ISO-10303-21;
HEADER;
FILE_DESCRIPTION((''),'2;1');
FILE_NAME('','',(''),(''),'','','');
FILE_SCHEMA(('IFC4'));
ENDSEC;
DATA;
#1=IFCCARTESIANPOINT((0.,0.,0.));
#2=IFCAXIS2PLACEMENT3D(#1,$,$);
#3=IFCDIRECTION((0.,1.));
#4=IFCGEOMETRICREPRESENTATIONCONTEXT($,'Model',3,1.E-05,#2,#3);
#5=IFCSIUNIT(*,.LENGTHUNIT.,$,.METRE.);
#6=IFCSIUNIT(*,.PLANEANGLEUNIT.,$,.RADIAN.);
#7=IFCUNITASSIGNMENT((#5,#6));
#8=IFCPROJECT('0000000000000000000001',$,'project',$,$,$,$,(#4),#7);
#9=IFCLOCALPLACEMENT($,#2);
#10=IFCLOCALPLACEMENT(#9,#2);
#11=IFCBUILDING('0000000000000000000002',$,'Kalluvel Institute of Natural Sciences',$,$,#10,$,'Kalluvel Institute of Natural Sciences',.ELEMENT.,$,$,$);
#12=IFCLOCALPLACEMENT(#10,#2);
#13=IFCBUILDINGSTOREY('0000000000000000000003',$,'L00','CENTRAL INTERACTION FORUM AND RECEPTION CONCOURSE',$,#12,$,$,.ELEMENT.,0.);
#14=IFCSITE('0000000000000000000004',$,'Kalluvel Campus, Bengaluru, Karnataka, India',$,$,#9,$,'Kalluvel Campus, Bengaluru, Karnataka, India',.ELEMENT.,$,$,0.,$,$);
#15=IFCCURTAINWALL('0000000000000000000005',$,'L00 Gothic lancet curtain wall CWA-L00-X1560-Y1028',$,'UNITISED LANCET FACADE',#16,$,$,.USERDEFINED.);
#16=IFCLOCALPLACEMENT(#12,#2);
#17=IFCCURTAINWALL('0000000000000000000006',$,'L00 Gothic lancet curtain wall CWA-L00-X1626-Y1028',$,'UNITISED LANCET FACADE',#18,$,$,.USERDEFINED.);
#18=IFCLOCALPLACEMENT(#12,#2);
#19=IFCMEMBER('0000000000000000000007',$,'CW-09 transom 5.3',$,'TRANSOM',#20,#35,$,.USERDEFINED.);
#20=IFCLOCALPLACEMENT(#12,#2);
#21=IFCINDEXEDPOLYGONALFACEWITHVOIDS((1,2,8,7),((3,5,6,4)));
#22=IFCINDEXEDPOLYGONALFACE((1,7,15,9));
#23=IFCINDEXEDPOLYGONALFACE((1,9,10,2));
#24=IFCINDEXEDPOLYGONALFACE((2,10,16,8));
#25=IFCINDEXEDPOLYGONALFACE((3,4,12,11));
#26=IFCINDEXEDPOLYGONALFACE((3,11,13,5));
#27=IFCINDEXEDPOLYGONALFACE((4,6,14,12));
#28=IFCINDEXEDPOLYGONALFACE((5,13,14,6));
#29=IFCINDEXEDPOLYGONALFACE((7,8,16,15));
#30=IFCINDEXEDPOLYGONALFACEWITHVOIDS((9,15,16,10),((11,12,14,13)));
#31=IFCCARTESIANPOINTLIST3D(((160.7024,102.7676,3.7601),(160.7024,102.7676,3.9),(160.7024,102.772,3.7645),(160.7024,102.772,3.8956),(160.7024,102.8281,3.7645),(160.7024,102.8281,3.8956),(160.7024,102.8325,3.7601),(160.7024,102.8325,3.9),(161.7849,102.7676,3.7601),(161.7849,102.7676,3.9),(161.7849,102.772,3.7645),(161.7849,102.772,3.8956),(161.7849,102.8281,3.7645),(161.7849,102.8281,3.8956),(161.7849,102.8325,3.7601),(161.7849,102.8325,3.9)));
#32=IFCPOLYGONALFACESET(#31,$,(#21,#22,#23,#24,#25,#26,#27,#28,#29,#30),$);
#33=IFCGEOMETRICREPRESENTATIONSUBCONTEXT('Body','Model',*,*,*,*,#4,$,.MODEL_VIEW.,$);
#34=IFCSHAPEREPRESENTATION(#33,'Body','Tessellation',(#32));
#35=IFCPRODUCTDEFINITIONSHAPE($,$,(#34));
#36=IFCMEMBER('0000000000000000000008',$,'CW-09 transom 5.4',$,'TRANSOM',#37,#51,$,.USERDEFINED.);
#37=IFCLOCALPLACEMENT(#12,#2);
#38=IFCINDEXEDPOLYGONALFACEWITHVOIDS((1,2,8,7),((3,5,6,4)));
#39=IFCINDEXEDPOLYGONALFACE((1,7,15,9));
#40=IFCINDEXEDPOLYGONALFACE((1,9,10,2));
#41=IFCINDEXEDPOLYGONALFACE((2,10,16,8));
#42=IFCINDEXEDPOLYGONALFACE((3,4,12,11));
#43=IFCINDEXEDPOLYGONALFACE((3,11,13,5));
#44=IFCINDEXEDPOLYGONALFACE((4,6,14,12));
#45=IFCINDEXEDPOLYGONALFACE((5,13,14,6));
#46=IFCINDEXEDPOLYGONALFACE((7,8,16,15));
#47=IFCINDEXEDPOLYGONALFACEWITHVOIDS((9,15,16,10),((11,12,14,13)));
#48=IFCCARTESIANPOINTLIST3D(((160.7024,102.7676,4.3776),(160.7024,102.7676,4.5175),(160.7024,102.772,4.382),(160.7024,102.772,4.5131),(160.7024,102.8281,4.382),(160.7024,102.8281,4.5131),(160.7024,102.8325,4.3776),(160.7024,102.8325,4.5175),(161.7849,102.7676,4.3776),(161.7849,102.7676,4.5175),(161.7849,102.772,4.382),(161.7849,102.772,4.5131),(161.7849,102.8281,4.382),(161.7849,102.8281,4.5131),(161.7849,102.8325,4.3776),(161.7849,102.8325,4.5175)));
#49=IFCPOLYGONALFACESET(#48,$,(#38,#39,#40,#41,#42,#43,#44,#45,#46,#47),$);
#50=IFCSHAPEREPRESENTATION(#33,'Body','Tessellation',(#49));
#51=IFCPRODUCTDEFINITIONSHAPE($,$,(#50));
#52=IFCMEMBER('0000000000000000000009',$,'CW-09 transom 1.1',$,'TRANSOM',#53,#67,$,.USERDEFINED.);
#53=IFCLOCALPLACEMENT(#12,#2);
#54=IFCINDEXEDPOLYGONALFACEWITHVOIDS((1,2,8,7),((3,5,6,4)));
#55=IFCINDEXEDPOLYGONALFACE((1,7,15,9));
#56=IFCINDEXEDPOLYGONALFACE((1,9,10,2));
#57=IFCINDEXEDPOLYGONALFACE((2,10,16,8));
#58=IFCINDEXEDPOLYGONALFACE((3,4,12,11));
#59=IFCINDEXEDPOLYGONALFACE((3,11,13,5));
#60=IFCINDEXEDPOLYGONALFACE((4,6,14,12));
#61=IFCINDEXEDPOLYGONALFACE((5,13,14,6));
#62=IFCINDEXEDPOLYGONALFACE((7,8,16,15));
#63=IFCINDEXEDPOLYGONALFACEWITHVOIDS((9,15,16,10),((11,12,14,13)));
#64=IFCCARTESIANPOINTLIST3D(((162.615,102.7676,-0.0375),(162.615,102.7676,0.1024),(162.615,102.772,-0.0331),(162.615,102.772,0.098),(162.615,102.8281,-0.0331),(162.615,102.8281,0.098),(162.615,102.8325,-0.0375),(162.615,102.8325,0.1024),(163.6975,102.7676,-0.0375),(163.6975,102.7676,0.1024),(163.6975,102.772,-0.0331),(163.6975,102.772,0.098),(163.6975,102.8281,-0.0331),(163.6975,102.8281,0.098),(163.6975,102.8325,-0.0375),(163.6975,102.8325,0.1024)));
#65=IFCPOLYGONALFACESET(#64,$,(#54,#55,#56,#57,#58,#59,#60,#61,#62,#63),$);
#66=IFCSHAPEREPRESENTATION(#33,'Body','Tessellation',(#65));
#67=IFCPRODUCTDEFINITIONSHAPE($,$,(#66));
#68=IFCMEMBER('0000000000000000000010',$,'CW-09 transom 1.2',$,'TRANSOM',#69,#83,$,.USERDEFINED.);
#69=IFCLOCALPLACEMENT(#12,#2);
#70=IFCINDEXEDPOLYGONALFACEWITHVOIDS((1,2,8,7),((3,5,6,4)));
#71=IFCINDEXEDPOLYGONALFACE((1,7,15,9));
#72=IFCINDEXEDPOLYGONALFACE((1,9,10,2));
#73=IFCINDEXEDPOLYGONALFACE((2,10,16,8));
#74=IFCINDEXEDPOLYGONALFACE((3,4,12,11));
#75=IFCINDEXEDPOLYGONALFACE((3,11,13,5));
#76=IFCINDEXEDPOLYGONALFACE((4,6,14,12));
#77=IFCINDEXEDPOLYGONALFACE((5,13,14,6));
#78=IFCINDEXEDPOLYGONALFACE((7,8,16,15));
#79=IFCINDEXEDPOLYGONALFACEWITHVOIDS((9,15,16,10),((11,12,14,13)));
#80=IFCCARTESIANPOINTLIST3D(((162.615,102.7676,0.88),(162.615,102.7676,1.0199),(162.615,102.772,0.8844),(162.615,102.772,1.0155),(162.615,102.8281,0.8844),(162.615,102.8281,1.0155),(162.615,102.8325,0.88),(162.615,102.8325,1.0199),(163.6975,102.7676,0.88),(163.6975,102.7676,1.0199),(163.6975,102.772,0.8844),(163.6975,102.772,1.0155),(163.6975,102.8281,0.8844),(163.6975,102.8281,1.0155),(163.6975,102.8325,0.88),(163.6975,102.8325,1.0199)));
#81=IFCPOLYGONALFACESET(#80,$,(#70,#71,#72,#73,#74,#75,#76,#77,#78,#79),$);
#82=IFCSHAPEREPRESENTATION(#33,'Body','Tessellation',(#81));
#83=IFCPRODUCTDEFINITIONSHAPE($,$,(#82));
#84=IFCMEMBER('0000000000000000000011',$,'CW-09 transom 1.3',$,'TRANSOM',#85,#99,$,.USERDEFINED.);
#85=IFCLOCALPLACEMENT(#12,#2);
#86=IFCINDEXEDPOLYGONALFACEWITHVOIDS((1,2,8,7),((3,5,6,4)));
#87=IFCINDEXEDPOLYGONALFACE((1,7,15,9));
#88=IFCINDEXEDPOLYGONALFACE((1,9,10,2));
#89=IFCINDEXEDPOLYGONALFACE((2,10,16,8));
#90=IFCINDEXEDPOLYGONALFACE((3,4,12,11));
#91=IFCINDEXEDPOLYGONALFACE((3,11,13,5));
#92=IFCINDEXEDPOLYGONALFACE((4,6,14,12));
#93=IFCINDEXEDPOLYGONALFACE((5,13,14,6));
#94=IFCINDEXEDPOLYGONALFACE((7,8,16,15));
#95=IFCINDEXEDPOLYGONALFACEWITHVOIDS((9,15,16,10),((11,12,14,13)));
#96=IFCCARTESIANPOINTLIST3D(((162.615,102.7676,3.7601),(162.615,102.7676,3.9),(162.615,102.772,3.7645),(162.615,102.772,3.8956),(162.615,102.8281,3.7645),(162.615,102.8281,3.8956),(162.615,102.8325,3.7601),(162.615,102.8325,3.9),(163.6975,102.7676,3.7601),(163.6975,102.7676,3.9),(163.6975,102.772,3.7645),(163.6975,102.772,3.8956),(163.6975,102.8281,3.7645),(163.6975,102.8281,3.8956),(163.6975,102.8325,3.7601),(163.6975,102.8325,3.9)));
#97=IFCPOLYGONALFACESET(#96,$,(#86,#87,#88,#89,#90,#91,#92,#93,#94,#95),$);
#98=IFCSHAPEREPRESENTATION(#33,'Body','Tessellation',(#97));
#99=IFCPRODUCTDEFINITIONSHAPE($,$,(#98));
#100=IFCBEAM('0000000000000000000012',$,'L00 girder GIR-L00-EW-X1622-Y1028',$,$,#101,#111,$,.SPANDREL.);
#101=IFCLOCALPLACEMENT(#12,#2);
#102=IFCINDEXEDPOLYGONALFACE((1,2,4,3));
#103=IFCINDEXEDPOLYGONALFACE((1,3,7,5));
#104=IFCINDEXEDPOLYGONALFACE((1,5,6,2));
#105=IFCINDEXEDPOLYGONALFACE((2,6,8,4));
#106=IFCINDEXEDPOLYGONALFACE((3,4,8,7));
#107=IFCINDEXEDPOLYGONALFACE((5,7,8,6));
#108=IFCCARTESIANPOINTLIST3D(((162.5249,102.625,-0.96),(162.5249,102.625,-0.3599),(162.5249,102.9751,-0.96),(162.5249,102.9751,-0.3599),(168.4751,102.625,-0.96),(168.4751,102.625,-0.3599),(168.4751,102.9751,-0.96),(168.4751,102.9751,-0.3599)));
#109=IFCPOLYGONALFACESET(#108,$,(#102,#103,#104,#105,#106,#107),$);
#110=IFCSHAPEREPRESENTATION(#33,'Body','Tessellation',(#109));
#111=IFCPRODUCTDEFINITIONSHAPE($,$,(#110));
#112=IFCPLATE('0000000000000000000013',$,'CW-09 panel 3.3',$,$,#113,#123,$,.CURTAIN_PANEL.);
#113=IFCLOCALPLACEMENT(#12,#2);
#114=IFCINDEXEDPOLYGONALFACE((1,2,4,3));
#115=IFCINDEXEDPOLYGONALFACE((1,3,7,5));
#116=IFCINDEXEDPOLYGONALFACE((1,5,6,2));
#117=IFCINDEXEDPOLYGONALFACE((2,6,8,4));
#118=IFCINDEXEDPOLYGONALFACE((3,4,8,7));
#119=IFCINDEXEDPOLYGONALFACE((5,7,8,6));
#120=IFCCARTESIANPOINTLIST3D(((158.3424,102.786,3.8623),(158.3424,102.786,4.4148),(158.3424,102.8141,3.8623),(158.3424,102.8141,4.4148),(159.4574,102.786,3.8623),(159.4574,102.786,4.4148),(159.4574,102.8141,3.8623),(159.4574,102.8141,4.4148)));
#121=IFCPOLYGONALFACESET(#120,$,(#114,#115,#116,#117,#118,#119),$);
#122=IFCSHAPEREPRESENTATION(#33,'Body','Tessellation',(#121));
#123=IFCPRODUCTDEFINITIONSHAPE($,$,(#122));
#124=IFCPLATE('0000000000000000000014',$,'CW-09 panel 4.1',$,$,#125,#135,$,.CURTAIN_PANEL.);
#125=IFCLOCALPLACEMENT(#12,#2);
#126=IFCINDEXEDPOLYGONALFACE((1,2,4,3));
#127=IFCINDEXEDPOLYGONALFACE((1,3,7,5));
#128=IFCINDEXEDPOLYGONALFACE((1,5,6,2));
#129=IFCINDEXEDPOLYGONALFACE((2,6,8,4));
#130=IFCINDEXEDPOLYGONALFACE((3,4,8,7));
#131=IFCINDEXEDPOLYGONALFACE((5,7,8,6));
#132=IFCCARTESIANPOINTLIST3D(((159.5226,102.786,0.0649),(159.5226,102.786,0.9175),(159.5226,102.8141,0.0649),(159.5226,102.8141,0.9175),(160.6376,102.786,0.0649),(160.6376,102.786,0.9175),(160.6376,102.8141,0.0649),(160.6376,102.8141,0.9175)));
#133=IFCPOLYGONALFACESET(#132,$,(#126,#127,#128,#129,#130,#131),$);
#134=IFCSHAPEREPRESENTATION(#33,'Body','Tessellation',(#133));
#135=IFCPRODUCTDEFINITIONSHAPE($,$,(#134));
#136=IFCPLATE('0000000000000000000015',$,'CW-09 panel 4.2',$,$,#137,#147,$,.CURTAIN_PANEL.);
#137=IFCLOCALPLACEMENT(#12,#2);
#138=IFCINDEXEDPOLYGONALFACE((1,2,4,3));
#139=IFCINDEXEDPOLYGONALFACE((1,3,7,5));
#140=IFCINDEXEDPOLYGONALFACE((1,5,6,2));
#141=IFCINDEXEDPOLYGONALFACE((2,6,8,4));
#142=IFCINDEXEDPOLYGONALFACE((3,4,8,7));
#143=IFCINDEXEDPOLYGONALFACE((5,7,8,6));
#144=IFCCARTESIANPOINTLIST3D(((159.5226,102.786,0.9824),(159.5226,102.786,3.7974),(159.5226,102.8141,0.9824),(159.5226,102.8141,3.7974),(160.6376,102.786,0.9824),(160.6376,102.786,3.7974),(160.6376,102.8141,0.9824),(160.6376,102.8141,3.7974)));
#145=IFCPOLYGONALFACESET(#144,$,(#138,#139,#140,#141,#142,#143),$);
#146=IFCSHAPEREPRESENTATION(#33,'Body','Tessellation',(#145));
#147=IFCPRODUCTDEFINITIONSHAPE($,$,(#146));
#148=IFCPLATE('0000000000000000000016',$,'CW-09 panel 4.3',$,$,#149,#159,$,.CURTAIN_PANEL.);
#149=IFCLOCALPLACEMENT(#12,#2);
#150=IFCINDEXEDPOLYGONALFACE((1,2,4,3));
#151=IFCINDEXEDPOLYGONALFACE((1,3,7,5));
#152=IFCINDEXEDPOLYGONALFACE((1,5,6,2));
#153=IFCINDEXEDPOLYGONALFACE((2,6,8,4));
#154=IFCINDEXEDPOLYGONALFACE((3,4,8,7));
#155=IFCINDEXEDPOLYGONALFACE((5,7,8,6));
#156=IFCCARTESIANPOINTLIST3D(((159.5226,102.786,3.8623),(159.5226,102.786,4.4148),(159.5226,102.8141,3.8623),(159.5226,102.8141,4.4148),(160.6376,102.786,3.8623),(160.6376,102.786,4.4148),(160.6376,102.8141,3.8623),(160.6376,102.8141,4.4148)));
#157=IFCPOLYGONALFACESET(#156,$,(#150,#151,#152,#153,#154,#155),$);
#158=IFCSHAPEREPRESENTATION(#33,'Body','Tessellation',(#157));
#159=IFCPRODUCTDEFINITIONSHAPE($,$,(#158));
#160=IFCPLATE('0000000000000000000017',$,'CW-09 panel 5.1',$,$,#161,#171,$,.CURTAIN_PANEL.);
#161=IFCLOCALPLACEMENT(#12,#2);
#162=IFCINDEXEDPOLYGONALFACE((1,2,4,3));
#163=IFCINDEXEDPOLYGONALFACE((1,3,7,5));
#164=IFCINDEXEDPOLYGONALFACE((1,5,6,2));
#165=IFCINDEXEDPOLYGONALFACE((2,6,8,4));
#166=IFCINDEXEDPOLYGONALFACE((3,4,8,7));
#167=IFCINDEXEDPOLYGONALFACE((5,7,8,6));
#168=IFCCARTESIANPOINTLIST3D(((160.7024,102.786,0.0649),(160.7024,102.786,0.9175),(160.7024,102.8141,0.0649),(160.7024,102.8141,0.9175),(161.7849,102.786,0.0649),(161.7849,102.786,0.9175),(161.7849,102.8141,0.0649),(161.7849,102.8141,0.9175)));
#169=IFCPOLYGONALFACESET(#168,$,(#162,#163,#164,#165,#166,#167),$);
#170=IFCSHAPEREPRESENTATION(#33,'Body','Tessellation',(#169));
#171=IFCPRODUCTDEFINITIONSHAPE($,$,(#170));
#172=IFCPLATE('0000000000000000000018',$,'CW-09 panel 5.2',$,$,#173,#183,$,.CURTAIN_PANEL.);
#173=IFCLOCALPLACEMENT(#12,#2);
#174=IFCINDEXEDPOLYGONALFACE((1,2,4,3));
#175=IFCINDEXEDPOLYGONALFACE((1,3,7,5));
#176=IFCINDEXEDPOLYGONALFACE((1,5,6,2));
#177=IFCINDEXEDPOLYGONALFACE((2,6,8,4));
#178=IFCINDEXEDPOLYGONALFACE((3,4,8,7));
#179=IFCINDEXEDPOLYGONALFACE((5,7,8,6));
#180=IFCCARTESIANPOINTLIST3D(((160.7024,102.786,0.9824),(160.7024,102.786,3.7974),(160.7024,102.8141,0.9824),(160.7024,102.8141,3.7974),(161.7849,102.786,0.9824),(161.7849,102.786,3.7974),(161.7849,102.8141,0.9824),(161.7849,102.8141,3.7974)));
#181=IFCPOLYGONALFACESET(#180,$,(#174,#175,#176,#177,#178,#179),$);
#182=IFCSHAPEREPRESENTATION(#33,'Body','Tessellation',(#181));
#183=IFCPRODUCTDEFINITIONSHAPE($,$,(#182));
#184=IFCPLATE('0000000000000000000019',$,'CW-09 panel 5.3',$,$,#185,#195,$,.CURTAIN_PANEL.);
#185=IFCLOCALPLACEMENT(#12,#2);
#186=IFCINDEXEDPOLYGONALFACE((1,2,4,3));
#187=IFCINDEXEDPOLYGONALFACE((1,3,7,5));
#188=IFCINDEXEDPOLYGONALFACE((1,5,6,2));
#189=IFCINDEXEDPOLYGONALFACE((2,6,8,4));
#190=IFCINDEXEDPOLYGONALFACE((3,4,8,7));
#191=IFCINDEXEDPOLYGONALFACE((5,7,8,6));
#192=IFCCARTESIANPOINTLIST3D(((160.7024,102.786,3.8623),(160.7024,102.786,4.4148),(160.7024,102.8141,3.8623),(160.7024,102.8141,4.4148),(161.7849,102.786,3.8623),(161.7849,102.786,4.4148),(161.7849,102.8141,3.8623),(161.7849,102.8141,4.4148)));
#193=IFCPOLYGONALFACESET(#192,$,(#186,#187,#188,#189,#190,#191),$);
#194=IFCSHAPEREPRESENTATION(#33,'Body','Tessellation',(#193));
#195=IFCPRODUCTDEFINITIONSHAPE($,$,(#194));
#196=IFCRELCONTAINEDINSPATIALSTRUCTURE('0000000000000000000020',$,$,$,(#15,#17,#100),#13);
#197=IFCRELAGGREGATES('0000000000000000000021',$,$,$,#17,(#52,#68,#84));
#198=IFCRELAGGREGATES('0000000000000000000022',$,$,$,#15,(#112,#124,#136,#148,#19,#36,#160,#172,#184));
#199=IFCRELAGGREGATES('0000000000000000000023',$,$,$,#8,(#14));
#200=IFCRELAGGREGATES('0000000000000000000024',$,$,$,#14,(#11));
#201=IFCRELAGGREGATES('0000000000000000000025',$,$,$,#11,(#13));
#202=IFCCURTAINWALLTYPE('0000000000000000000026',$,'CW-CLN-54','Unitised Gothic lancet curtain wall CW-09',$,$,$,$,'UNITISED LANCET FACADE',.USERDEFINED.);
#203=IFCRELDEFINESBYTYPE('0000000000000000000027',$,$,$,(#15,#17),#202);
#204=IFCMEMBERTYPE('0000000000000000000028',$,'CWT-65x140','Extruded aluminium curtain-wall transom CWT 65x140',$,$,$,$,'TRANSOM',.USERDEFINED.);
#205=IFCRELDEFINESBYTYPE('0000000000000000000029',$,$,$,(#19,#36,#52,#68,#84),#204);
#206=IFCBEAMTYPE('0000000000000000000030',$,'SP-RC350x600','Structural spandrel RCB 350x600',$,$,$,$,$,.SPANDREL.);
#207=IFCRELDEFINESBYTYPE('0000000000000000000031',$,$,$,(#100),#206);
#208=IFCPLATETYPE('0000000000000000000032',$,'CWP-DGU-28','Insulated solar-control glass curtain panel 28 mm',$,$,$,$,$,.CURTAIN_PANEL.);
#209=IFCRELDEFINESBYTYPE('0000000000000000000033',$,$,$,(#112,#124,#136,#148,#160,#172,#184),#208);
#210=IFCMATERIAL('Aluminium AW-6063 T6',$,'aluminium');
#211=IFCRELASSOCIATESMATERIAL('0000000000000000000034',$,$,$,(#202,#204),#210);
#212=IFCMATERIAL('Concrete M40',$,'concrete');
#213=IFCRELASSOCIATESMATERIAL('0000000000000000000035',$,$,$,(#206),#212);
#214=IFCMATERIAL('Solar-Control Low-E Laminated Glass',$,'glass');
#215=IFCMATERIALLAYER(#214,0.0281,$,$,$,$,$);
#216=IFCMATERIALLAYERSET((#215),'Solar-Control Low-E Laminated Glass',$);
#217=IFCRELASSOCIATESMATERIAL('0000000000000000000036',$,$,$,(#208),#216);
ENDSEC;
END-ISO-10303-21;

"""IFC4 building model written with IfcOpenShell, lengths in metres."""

from ifc_helpers import new_model, si_unit, direction, frame, origin, origin_2d, place, context, subcontext, project, spatial, rectangle, hollow_rectangle, extrude, material, layer, layer_set, material_profile, profile_set, type_object, element, aggregate, save


model = new_model("IFC4")

# Units and contexts
model_context = context("Model", 3, precision=1e-05, world=origin(), true_north=direction((0.0, 1.0)))
body_context = subcontext(model_context, "Body", "Model", "MODEL_VIEW")
ifc_project = project(units=[si_unit("LENGTHUNIT", "METRE"), si_unit("PLANEANGLEUNIT", "RADIAN")], contexts=[model_context])

# Site, building, storey
site_placement = place(None, origin())
site = spatial("IfcSite", under=ifc_project, at=site_placement, Name="Kalluvel Campus, Bengaluru, Karnataka, India", LongName="Kalluvel Campus, Bengaluru, Karnataka, India", CompositionType="ELEMENT", RefElevation=0.0)
building_placement = place(site_placement, origin())
building = spatial("IfcBuilding", under=site, at=building_placement, Name="Kalluvel Institute of Natural Sciences", LongName="Kalluvel Institute of Natural Sciences", CompositionType="ELEMENT")
storey_placement = place(building_placement, origin())
storey = spatial("IfcBuildingStorey", under=building, at=storey_placement, Name="L00", Description="CENTRAL INTERACTION FORUM AND RECEPTION CONCOURSE", CompositionType="ELEMENT", Elevation=0.0)

# Shared definitions
ifc_material_1 = material(Name="Concrete M40", Category="concrete")

# Curtain wall
ifc_material_2 = material(Name="Aluminium AW-6063 T6", Category="aluminium")
curtain_wall_type = type_object("IfcCurtainWallType", Name="CW-CLN-54", Description="Unitised Gothic lancet curtain wall CW-09", ElementType="UNITISED LANCET FACADE", PredefinedType="USERDEFINED", material=ifc_material_2)
curtain_wall_1_placement = place(storey_placement, origin())
curtain_wall_1 = element("IfcCurtainWall", 1, at=curtain_wall_1_placement, inside=storey, type_object=curtain_wall_type, Name="L00 Gothic lancet curtain wall CWA-L00-X1560-Y1028", ObjectType="UNITISED LANCET FACADE", PredefinedType="USERDEFINED")

# Curtain wall
curtain_wall_2_placement = place(storey_placement, origin())
curtain_wall_2 = element("IfcCurtainWall", 2, at=curtain_wall_2_placement, inside=storey, type_object=curtain_wall_type, Name="L00 Gothic lancet curtain wall CWA-L00-X1626-Y1028", ObjectType="UNITISED LANCET FACADE", PredefinedType="USERDEFINED")

# Members
ifc_material_profile_1 = material_profile(ifc_material_2, hollow_rectangle(XDim=0.0649, YDim=0.1399, WallThickness=0.0044, at=origin_2d()), Name="CWT 65x140")
ifc_profile_set_1 = profile_set([ifc_material_profile_1], Name="Aluminium AW-6063 T6")
member_type_1 = type_object("IfcMemberType", Name="CWT-65x140", Description="Extruded aluminium curtain-wall transom CWT 65x140", ElementType="TRANSOM", PredefinedType="USERDEFINED", material=ifc_profile_set_1)
member_1_placement = place(storey_placement, frame((160.7024, 102.8, 3.8301), z_axis=(1.0, 0.0, 0.0), x_axis=(0.0, 1.0, 0.0)))
member_1 = element("IfcMember", 3, at=member_1_placement, type_object=member_type_1, Name="CW-09 transom 5.3", ObjectType="TRANSOM", PredefinedType="USERDEFINED", context=body_context, shape_type="SweptSolid", body=[
    extrude(hollow_rectangle(XDim=0.0649, YDim=0.1399, WallThickness=0.0044, at=origin_2d()), origin(), (0.0, 0.0, 1.0), 1.0825),
])
member_2_placement = place(storey_placement, frame((160.7024, 102.8, 4.4475), z_axis=(1.0, 0.0, 0.0), x_axis=(0.0, 1.0, 0.0)))
member_2 = element("IfcMember", 4, at=member_2_placement, type_object=member_type_1, Name="CW-09 transom 5.4", ObjectType="TRANSOM", PredefinedType="USERDEFINED", context=body_context, shape_type="SweptSolid", body=[
    extrude(hollow_rectangle(XDim=0.0649, YDim=0.1399, WallThickness=0.0044, at=origin_2d()), origin(), (0.0, 0.0, 1.0), 1.0825),
])
member_3_placement = place(storey_placement, frame((162.615, 102.8, 0.0325), z_axis=(1.0, 0.0, 0.0), x_axis=(0.0, 1.0, 0.0)))
member_3 = element("IfcMember", 5, at=member_3_placement, type_object=member_type_1, Name="CW-09 transom 1.1", ObjectType="TRANSOM", PredefinedType="USERDEFINED", context=body_context, shape_type="SweptSolid", body=[
    extrude(hollow_rectangle(XDim=0.0649, YDim=0.1399, WallThickness=0.0044, at=origin_2d()), origin(), (0.0, 0.0, 1.0), 1.0825),
])
member_4_placement = place(storey_placement, frame((162.615, 102.8, 0.95), z_axis=(1.0, 0.0, 0.0), x_axis=(0.0, 1.0, 0.0)))
member_4 = element("IfcMember", 6, at=member_4_placement, type_object=member_type_1, Name="CW-09 transom 1.2", ObjectType="TRANSOM", PredefinedType="USERDEFINED", context=body_context, shape_type="SweptSolid", body=[
    extrude(hollow_rectangle(XDim=0.0649, YDim=0.1399, WallThickness=0.0044, at=origin_2d()), origin(), (0.0, 0.0, 1.0), 1.0825),
])
member_5_placement = place(storey_placement, frame((162.615, 102.8, 3.8301), z_axis=(1.0, 0.0, 0.0), x_axis=(0.0, 1.0, 0.0)))
member_5 = element("IfcMember", 7, at=member_5_placement, type_object=member_type_1, Name="CW-09 transom 1.3", ObjectType="TRANSOM", PredefinedType="USERDEFINED", context=body_context, shape_type="SweptSolid", body=[
    extrude(hollow_rectangle(XDim=0.0649, YDim=0.1399, WallThickness=0.0044, at=origin_2d()), origin(), (0.0, 0.0, 1.0), 1.0825),
])
aggregate(curtain_wall_2, [member_3, member_4, member_5])

# Beam
ifc_material_profile_2 = material_profile(ifc_material_1, rectangle(XDim=0.3501, YDim=0.6001, at=origin_2d()), Name="RCB 350x600")
ifc_profile_set_2 = profile_set([ifc_material_profile_2], Name="Concrete M40")
beam_type = type_object("IfcBeamType", Name="SP-RC350x600", Description="Structural spandrel RCB 350x600", PredefinedType="SPANDREL", material=ifc_profile_set_2)
beam_placement = place(storey_placement, frame((162.5249, 102.8, -0.6599), z_axis=(1.0, 0.0, 0.0), x_axis=(0.0, 1.0, 0.0)))
element("IfcBeam", 8, at=beam_placement, inside=storey, type_object=beam_type, Name="L00 girder GIR-L00-EW-X1622-Y1028", PredefinedType="SPANDREL", context=body_context, shape_type="SweptSolid", body=[
    extrude(rectangle(XDim=0.3501, YDim=0.6001, at=origin_2d()), origin(), (0.0, 0.0, 1.0), 5.9502),
])

# Plates
ifc_material_3 = material(Name="Solar-Control Low-E Laminated Glass", Category="glass")
ifc_layer = layer(ifc_material_3, 0.0281)
ifc_layer_set = layer_set([ifc_layer], Name="Solar-Control Low-E Laminated Glass")
plate_type = type_object("IfcPlateType", Name="CWP-DGU-28", Description="Insulated solar-control glass curtain panel 28 mm", PredefinedType="CURTAIN_PANEL", material=ifc_layer_set)
plate_1_placement = place(storey_placement, frame((158.8999, 102.8, 3.8623), z_axis=(0.0, 0.0, 1.0), x_axis=(1.0, 0.0, 0.0)))
plate_1 = element("IfcPlate", 9, at=plate_1_placement, type_object=plate_type, Name="CW-09 panel 3.3", PredefinedType="CURTAIN_PANEL", context=body_context, shape_type="SweptSolid", body=[
    extrude(rectangle(XDim=1.115, YDim=0.0281, at=origin_2d()), origin(), (0.0, 0.0, 1.0), 0.5525),
])
plate_2_placement = place(storey_placement, frame((160.0801, 102.8, 0.0649), z_axis=(0.0, 0.0, 1.0), x_axis=(1.0, 0.0, 0.0)))
plate_2 = element("IfcPlate", 10, at=plate_2_placement, type_object=plate_type, Name="CW-09 panel 4.1", PredefinedType="CURTAIN_PANEL", context=body_context, shape_type="SweptSolid", body=[
    extrude(rectangle(XDim=1.115, YDim=0.0281, at=origin_2d()), origin(), (0.0, 0.0, 1.0), 0.8525),
])
plate_3_placement = place(storey_placement, frame((160.0801, 102.8, 0.9824), z_axis=(0.0, 0.0, 1.0), x_axis=(1.0, 0.0, 0.0)))
plate_3 = element("IfcPlate", 11, at=plate_3_placement, type_object=plate_type, Name="CW-09 panel 4.2", PredefinedType="CURTAIN_PANEL", context=body_context, shape_type="SweptSolid", body=[
    extrude(rectangle(XDim=1.115, YDim=0.0281, at=origin_2d()), origin(), (0.0, 0.0, 1.0), 2.8149),
])
plate_4_placement = place(storey_placement, frame((160.0801, 102.8, 3.8623), z_axis=(0.0, 0.0, 1.0), x_axis=(1.0, 0.0, 0.0)))
plate_4 = element("IfcPlate", 12, at=plate_4_placement, type_object=plate_type, Name="CW-09 panel 4.3", PredefinedType="CURTAIN_PANEL", context=body_context, shape_type="SweptSolid", body=[
    extrude(rectangle(XDim=1.115, YDim=0.0281, at=origin_2d()), origin(), (0.0, 0.0, 1.0), 0.5525),
])
plate_5_placement = place(storey_placement, frame((161.2437, 102.8, 0.0649), z_axis=(0.0, 0.0, 1.0), x_axis=(1.0, 0.0, 0.0)))
plate_5 = element("IfcPlate", 13, at=plate_5_placement, type_object=plate_type, Name="CW-09 panel 5.1", PredefinedType="CURTAIN_PANEL", context=body_context, shape_type="SweptSolid", body=[
    extrude(rectangle(XDim=1.0825, YDim=0.0281, at=origin_2d()), origin(), (0.0, 0.0, 1.0), 0.8525),
])
plate_6_placement = place(storey_placement, frame((161.2437, 102.8, 0.9824), z_axis=(0.0, 0.0, 1.0), x_axis=(1.0, 0.0, 0.0)))
plate_6 = element("IfcPlate", 14, at=plate_6_placement, type_object=plate_type, Name="CW-09 panel 5.2", PredefinedType="CURTAIN_PANEL", context=body_context, shape_type="SweptSolid", body=[
    extrude(rectangle(XDim=1.0825, YDim=0.0281, at=origin_2d()), origin(), (0.0, 0.0, 1.0), 2.8149),
])
plate_7_placement = place(storey_placement, frame((161.2437, 102.8, 3.8623), z_axis=(0.0, 0.0, 1.0), x_axis=(1.0, 0.0, 0.0)))
plate_7 = element("IfcPlate", 15, at=plate_7_placement, type_object=plate_type, Name="CW-09 panel 5.3", PredefinedType="CURTAIN_PANEL", context=body_context, shape_type="SweptSolid", body=[
    extrude(rectangle(XDim=1.0825, YDim=0.0281, at=origin_2d()), origin(), (0.0, 0.0, 1.0), 0.5525),
])
aggregate(curtain_wall_1, [plate_1, plate_2, plate_3, plate_4, member_1, member_2, plate_5, plate_6, plate_7])

save(model, "model.ifc")
